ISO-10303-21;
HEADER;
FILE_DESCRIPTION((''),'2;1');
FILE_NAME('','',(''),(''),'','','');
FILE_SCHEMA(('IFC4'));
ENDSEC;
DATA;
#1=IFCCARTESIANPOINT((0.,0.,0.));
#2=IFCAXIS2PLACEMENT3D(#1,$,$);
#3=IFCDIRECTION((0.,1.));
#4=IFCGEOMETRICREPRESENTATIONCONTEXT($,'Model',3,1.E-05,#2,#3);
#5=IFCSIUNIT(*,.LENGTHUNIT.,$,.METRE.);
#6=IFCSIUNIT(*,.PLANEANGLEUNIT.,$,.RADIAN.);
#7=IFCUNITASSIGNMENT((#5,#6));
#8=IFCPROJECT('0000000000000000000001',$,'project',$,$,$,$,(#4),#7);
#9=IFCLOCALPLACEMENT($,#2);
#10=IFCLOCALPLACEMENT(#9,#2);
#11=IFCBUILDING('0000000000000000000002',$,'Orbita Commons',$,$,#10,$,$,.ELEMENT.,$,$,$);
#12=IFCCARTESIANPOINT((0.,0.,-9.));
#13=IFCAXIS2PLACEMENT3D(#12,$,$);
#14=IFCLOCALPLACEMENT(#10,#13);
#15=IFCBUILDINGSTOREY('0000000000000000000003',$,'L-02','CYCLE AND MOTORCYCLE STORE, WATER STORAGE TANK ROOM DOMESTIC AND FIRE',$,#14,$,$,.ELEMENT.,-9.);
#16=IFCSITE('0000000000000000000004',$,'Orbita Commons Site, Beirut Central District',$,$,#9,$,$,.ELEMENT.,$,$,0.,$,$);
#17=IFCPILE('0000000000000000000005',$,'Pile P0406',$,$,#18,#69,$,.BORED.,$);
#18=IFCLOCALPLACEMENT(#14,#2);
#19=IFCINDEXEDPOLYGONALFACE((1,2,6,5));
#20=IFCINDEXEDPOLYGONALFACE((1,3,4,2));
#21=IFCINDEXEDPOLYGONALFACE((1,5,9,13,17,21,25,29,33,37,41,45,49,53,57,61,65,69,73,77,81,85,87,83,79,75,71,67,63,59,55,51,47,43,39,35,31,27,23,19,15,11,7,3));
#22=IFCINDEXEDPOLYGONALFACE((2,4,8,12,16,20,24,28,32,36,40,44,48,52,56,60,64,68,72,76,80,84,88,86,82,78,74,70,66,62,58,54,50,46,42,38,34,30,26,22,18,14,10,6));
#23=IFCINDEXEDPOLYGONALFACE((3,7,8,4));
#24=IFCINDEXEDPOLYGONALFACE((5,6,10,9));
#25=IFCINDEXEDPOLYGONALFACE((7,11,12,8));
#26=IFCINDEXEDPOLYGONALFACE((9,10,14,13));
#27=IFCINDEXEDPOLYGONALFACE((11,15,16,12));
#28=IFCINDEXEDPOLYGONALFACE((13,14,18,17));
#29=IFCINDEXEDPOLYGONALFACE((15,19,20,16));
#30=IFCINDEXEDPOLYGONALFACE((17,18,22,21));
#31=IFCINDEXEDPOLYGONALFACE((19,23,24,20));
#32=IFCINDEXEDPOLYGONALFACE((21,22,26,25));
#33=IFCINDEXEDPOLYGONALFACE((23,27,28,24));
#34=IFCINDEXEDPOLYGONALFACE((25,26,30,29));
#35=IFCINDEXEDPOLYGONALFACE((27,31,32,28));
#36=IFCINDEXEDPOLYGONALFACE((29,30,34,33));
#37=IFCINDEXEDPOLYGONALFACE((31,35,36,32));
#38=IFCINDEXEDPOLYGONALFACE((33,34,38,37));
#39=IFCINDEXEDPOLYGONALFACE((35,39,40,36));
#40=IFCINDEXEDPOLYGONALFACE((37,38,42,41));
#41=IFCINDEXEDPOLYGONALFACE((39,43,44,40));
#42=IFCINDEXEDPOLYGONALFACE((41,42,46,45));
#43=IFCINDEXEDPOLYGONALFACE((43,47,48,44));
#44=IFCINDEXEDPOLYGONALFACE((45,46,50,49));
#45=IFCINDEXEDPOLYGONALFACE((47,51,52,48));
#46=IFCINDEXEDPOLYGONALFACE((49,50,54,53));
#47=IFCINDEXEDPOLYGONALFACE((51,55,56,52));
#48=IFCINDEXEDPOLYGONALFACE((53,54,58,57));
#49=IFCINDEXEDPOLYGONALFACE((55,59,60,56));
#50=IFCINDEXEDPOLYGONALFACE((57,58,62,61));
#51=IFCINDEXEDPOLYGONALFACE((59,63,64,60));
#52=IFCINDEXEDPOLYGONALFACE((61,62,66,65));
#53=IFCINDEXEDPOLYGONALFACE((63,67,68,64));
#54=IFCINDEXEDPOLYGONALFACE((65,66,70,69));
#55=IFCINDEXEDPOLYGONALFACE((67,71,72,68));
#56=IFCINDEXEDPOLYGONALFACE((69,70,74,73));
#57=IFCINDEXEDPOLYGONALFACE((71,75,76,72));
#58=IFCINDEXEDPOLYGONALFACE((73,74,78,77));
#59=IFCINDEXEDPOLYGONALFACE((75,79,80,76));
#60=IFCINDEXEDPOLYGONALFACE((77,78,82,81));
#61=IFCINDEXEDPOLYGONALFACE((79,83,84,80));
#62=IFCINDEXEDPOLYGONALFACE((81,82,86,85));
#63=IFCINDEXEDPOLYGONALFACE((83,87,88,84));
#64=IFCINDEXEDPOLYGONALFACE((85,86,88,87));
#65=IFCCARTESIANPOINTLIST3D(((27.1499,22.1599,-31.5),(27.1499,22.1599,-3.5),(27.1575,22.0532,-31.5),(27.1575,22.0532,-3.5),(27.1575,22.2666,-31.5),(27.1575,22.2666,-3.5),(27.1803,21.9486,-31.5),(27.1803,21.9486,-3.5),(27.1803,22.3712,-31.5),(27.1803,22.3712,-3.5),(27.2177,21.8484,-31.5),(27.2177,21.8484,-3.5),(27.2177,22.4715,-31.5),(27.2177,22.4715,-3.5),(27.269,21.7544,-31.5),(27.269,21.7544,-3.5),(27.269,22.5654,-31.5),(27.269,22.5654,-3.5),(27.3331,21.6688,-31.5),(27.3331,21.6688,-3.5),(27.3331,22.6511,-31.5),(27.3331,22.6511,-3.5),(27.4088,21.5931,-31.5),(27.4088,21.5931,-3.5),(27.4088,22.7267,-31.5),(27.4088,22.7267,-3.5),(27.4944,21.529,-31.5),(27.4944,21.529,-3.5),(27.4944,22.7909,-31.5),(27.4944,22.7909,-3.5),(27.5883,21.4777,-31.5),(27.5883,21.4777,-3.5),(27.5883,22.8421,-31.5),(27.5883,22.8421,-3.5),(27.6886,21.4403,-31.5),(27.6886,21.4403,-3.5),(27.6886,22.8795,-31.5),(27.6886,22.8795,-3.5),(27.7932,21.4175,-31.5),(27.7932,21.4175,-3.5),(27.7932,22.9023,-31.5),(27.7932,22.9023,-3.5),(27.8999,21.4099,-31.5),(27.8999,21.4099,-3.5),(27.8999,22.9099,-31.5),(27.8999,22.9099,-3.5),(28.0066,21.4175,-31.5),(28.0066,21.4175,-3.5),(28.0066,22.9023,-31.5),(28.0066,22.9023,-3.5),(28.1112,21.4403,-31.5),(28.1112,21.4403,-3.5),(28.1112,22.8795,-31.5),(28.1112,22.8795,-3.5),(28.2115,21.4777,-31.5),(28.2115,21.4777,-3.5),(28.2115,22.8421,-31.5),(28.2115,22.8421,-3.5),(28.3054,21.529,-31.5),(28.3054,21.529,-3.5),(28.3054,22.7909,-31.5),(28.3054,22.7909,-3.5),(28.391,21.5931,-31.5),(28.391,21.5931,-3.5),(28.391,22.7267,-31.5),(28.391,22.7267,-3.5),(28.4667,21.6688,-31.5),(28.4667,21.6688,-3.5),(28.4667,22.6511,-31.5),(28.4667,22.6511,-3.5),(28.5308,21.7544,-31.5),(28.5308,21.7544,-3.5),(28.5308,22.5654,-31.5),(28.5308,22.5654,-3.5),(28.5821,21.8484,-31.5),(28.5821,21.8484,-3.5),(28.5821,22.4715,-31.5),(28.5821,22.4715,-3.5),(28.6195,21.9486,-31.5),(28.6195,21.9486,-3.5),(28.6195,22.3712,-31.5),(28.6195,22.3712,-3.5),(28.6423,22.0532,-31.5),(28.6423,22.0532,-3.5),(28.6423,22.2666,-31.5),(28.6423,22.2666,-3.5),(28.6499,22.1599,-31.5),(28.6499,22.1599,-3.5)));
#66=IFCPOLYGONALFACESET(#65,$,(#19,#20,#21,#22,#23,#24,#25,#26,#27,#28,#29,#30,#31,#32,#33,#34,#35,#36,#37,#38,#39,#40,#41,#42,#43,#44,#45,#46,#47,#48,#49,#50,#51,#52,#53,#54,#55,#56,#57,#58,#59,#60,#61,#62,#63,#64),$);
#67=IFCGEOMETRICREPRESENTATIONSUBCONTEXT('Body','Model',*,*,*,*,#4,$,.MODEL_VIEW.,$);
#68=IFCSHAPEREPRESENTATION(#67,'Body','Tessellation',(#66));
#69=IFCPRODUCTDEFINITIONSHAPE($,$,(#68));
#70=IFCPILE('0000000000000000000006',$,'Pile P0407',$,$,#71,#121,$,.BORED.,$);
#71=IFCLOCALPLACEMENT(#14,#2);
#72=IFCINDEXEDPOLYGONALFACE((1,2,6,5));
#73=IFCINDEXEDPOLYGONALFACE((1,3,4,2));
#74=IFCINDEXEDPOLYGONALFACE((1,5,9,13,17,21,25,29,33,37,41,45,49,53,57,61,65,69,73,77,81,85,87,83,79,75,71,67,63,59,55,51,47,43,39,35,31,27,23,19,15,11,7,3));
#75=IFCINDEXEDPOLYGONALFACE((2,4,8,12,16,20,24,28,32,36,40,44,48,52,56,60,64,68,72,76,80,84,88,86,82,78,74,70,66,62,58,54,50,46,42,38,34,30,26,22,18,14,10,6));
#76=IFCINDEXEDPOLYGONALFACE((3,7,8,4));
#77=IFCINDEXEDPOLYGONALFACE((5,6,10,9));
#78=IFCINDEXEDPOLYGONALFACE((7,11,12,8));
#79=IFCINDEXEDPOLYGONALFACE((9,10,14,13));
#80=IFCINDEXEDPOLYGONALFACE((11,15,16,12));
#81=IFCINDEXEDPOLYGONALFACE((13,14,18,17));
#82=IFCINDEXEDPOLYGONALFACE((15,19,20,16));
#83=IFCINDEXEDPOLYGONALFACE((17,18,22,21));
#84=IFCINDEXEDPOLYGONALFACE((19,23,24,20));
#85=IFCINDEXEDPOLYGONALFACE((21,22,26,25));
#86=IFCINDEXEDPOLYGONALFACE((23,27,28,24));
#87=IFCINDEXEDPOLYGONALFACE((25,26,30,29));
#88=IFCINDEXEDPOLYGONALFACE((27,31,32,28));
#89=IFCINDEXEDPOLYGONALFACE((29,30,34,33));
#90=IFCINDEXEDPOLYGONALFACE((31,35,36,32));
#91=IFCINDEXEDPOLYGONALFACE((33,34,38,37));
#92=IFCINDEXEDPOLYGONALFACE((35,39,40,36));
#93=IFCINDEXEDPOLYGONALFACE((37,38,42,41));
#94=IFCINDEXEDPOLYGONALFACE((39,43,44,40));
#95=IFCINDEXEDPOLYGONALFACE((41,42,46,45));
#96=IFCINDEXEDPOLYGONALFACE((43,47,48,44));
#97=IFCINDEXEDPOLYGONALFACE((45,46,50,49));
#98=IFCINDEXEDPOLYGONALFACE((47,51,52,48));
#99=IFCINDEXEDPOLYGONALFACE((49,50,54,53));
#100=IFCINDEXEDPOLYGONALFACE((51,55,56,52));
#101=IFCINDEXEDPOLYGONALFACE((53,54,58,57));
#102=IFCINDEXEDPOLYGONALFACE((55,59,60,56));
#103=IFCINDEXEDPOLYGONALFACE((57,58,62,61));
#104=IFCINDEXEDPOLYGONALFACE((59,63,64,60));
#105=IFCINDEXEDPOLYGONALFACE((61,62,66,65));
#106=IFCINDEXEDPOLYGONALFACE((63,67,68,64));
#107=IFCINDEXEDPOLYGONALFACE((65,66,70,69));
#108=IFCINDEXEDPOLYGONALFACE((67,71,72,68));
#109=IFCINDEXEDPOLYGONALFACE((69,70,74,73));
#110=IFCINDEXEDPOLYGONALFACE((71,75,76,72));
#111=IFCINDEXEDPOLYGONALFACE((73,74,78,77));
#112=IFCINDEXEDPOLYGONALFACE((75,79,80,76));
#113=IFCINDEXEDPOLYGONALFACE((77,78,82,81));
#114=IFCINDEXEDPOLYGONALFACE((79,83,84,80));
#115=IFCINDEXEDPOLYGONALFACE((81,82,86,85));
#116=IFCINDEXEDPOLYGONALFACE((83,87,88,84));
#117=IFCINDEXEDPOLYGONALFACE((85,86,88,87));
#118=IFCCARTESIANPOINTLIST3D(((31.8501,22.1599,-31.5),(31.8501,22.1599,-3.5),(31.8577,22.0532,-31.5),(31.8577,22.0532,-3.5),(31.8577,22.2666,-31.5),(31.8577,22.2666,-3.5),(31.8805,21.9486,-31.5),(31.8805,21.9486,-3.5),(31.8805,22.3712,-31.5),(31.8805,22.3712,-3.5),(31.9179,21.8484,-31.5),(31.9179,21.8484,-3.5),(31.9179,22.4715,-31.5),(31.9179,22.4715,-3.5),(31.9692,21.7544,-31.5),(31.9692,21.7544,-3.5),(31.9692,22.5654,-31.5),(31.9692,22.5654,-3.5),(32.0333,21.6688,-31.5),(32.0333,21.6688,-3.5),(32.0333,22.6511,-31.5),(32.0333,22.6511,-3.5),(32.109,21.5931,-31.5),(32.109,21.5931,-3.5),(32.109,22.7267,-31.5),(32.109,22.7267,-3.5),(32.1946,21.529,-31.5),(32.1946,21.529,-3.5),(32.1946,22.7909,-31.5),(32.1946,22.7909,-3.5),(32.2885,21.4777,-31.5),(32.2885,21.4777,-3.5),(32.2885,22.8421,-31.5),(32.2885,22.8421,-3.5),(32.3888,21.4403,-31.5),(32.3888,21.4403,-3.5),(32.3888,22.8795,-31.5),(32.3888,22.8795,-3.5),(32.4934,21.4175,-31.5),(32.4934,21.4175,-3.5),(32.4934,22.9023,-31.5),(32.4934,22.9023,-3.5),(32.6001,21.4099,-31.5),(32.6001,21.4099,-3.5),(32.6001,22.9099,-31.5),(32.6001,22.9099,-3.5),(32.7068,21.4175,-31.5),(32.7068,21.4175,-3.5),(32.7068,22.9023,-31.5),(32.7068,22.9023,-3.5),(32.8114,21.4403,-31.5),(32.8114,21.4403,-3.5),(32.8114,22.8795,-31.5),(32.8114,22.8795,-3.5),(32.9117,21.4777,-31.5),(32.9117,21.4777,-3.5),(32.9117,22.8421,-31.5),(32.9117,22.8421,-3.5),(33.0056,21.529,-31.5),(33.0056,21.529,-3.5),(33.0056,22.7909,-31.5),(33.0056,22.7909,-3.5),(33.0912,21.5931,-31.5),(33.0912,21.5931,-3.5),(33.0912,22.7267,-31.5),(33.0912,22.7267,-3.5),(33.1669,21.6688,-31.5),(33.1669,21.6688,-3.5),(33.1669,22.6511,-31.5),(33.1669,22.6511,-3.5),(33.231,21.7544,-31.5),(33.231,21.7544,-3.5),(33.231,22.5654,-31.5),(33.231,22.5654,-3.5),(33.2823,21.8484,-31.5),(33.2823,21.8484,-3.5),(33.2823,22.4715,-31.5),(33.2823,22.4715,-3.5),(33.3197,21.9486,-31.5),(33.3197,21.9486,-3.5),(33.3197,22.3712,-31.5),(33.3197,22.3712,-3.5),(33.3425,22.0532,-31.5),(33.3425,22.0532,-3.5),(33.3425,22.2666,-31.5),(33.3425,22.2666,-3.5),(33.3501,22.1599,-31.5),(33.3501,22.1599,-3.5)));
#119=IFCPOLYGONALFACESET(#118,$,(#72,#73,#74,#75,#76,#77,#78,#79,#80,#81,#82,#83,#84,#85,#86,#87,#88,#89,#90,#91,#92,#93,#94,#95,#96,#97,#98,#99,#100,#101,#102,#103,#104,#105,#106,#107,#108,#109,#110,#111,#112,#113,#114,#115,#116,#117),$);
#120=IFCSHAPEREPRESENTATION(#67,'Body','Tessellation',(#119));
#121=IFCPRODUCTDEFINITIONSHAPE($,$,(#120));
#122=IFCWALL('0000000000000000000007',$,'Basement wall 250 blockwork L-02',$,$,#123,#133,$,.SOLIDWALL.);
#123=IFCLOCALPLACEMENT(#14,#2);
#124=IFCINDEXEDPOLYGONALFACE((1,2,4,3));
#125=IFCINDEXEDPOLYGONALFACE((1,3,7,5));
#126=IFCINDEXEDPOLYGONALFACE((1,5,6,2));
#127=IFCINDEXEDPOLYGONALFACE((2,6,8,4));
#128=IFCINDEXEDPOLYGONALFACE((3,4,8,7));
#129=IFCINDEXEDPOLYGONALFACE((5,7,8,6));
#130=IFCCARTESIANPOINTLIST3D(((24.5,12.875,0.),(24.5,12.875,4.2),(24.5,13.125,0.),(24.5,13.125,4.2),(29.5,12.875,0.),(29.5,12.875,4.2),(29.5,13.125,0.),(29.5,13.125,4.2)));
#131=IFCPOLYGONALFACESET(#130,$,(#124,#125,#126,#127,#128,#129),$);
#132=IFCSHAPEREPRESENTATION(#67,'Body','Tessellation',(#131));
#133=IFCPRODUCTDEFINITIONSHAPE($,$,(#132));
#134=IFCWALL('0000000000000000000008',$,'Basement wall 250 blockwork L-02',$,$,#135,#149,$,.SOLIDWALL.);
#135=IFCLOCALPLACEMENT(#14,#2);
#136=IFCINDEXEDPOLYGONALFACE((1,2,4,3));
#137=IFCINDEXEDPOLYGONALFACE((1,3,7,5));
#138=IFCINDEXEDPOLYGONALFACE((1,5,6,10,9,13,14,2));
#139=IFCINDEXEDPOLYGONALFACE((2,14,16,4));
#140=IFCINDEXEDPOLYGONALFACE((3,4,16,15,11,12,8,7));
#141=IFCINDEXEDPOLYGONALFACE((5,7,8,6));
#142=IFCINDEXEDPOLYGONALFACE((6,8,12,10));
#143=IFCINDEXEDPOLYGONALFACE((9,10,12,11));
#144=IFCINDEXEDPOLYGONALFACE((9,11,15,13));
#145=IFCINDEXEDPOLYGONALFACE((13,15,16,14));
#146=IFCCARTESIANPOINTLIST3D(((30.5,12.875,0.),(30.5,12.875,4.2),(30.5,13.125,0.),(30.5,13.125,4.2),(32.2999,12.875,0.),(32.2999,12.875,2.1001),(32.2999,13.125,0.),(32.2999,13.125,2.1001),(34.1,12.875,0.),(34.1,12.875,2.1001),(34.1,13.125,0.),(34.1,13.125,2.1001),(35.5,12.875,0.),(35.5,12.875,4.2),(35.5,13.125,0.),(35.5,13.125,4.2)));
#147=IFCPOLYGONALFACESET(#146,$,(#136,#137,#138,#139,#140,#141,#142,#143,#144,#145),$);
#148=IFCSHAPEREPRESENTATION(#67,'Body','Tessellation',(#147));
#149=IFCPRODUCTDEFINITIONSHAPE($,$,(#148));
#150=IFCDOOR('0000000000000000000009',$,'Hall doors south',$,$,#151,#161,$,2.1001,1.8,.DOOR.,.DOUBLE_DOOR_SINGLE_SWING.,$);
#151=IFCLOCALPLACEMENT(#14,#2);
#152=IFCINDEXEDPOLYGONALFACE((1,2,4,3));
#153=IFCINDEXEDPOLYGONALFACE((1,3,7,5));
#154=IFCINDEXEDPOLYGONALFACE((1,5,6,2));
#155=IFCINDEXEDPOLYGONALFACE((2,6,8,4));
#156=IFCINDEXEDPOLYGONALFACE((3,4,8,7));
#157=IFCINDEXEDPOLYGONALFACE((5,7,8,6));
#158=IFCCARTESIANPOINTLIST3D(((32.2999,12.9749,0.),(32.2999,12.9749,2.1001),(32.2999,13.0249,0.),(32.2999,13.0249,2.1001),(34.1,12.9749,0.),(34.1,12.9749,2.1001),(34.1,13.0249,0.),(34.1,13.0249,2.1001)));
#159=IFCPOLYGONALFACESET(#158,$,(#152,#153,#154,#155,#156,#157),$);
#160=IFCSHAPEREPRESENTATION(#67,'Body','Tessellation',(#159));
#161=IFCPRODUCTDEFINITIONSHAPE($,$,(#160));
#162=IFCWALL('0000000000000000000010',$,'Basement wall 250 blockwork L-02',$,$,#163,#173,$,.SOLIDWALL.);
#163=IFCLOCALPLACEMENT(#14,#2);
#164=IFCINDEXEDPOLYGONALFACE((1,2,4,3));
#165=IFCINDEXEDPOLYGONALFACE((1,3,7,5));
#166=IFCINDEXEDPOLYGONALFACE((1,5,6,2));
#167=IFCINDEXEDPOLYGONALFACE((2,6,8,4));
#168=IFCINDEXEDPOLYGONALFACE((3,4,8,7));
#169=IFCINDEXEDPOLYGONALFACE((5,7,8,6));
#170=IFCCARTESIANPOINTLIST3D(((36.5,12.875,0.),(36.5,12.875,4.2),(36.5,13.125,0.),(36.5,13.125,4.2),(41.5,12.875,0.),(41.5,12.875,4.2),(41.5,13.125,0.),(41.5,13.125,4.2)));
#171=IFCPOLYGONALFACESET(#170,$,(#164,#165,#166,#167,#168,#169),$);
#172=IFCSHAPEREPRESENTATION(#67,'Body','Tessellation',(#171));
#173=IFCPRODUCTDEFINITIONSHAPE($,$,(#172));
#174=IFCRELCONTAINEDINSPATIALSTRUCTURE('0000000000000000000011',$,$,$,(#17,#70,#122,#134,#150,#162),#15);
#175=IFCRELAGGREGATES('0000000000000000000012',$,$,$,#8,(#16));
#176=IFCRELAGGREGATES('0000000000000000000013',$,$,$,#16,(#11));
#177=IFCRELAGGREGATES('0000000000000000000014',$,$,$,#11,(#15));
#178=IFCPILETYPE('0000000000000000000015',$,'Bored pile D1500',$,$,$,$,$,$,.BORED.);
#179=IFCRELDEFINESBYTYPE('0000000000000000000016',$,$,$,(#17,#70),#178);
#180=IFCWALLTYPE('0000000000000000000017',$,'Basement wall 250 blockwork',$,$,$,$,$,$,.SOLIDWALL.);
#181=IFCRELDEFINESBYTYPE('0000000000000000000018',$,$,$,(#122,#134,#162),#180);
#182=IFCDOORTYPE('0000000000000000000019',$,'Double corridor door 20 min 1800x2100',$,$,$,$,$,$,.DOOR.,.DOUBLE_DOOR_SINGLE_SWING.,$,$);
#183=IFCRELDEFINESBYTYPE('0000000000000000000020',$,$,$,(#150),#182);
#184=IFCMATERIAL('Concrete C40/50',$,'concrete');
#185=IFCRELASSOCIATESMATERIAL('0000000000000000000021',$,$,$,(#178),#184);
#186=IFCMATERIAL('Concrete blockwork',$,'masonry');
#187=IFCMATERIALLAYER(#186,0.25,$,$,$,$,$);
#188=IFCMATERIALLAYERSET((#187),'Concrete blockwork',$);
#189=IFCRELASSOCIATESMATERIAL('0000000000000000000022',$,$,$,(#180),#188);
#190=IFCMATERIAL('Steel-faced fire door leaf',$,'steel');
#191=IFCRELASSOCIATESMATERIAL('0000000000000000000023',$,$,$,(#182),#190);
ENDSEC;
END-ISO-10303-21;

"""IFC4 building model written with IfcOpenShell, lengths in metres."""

from ifc_helpers import new_model, si_unit, direction, frame, frame_2d, origin, origin_2d, place, context, subcontext, project, spatial, rectangle, circle, extrude, material, layer, layer_set, material_profile, profile_set, type_object, element, fill, save


model = new_model("IFC4")

# Units and contexts
model_context = context("Model", 3, precision=1e-05, world=origin(), true_north=direction((0.0, 1.0)))
body_context = subcontext(model_context, "Body", "Model", "MODEL_VIEW")
ifc_project = project(units=[si_unit("LENGTHUNIT", "METRE"), si_unit("PLANEANGLEUNIT", "RADIAN")], contexts=[model_context])

# Site, building, storey
site_placement = place(None, origin())
site = spatial("IfcSite", under=ifc_project, at=site_placement, Name="Orbita Commons Site, Beirut Central District", CompositionType="ELEMENT", RefElevation=0.0)
building_placement = place(site_placement, origin())
building = spatial("IfcBuilding", under=site, at=building_placement, Name="Orbita Commons", CompositionType="ELEMENT")
storey_placement = place(building_placement, frame((0.0, 0.0, -9.0)))
storey = spatial("IfcBuildingStorey", under=building, at=storey_placement, Name="L-02", Description="CYCLE AND MOTORCYCLE STORE, WATER STORAGE TANK ROOM DOMESTIC AND FIRE", CompositionType="ELEMENT", Elevation=-9.0)

# Piles
ifc_material_1 = material(Name="Concrete C40/50", Category="concrete")
ifc_material_profile = material_profile(ifc_material_1, circle(Radius=0.75, at=origin_2d()), Name="RC D1500")
ifc_profile_set = profile_set([ifc_material_profile], Name="Concrete C40/50")
pile_type = type_object("IfcPileType", Name="Bored pile D1500", PredefinedType="BORED", material=ifc_profile_set)
for number, where, z_axis, x_axis, name in (
    (1, (27.8999, 22.1599, -3.5), (0.0, 0.0, -1.0), (1.0, 0.0, 0.0), "Pile P0406"),
    (2, (32.6001, 22.1599, -3.5), (0.0, 0.0, -1.0), (1.0, 0.0, 0.0), "Pile P0407"),
):
    element("IfcPile", number, at=place(storey_placement, frame(where, z_axis=z_axis, x_axis=x_axis)), inside=storey, type_object=pile_type, Name=name, PredefinedType="BORED", context=body_context, shape_type="SweptSolid", body=[
        extrude(circle(Radius=0.75, at=origin_2d()), origin(), (0.0, 0.0, 1.0), 28.0),
    ])

# Wall
ifc_material_2 = material(Name="Concrete blockwork", Category="masonry")
ifc_layer_1 = layer(ifc_material_2, 0.25)
ifc_layer_set_1 = layer_set([ifc_layer_1], Name="Concrete blockwork")
wall_type_1 = type_object("IfcWallType", Name="Basement wall 250 blockwork", PredefinedType="SOLIDWALL", material=ifc_layer_set_1)
wall_1_placement = place(storey_placement, frame((24.5, 13.0, 0.0), z_axis=(0.0, 0.0, 1.0), x_axis=(1.0, 0.0, 0.0)))
element("IfcWall", 3, at=wall_1_placement, inside=storey, type_object=wall_type_1, Name="Basement wall 250 blockwork L-02", PredefinedType="SOLIDWALL", context=body_context, shape_type="SweptSolid", body=[
    extrude(rectangle(XDim=5.0, YDim=0.25, at=frame_2d((2.5, 0.0))), origin(), (0.0, 0.0, 1.0), 4.2),
])

# Wall, opening, door
wall_2_placement = place(storey_placement, frame((30.5, 13.0, 0.0), z_axis=(0.0, 0.0, 1.0), x_axis=(1.0, 0.0, 0.0)))
wall_2 = element("IfcWall", 4, at=wall_2_placement, inside=storey, type_object=wall_type_1, Name="Basement wall 250 blockwork L-02", PredefinedType="SOLIDWALL", context=body_context, shape_type="SweptSolid", body=[
    extrude(rectangle(XDim=5.0, YDim=0.25, at=frame_2d((2.5, 0.0))), origin(), (0.0, 0.0, 1.0), 4.2),
])
opening_1_placement = place(wall_2_placement, frame((1.8, 0.0, 0.0)))
opening_1 = element("IfcOpeningElement", 5, at=opening_1_placement, cuts=wall_2, PredefinedType="OPENING", context=body_context, shape_type="SweptSolid", body=[
    extrude(rectangle(XDim=1.8, YDim=2.1001, at=frame_2d((0.8999, 1.05))), frame((0.0, 0.135, 0.0), z_axis=(0.0, -1.0, 0.0), x_axis=(1.0, 0.0, 0.0)), (0.0, 0.0, 1.0), 0.27),
])
ifc_material_3 = material(Name="Steel-faced fire door leaf", Category="steel")
door_type_1 = type_object("IfcDoorType", Name="Double corridor door 20 min 1800x2100", OperationType="DOUBLE_DOOR_SINGLE_SWING", PredefinedType="DOOR", material=ifc_material_3)
door_1_placement = place(opening_1_placement, origin())
door_1 = element("IfcDoor", 6, at=door_1_placement, inside=storey, type_object=door_type_1, Name="Hall doors south", OperationType="DOUBLE_DOOR_SINGLE_SWING", OverallHeight=2.1001, OverallWidth=1.8, PredefinedType="DOOR", context=body_context, shape_type="SweptSolid", body=[
    extrude(rectangle(XDim=1.8, YDim=2.1001, at=frame_2d((0.8999, 1.05))), frame((0.0, 0.0249, 0.0), z_axis=(0.0, -1.0, 0.0), x_axis=(1.0, 0.0, 0.0)), (0.0, 0.0, 1.0), 0.05),
])
fill(opening_1, door_1)

# Wall
wall_3_placement = place(storey_placement, frame((36.5, 13.0, 0.0), z_axis=(0.0, 0.0, 1.0), x_axis=(1.0, 0.0, 0.0)))
element("IfcWall", 7, at=wall_3_placement, inside=storey, type_object=wall_type_1, Name="Basement wall 250 blockwork L-02", PredefinedType="SOLIDWALL", context=body_context, shape_type="SweptSolid", body=[
    extrude(rectangle(XDim=5.0, YDim=0.25, at=frame_2d((2.5, 0.0))), origin(), (0.0, 0.0, 1.0), 4.2),
])

save(model, "model.ifc")
